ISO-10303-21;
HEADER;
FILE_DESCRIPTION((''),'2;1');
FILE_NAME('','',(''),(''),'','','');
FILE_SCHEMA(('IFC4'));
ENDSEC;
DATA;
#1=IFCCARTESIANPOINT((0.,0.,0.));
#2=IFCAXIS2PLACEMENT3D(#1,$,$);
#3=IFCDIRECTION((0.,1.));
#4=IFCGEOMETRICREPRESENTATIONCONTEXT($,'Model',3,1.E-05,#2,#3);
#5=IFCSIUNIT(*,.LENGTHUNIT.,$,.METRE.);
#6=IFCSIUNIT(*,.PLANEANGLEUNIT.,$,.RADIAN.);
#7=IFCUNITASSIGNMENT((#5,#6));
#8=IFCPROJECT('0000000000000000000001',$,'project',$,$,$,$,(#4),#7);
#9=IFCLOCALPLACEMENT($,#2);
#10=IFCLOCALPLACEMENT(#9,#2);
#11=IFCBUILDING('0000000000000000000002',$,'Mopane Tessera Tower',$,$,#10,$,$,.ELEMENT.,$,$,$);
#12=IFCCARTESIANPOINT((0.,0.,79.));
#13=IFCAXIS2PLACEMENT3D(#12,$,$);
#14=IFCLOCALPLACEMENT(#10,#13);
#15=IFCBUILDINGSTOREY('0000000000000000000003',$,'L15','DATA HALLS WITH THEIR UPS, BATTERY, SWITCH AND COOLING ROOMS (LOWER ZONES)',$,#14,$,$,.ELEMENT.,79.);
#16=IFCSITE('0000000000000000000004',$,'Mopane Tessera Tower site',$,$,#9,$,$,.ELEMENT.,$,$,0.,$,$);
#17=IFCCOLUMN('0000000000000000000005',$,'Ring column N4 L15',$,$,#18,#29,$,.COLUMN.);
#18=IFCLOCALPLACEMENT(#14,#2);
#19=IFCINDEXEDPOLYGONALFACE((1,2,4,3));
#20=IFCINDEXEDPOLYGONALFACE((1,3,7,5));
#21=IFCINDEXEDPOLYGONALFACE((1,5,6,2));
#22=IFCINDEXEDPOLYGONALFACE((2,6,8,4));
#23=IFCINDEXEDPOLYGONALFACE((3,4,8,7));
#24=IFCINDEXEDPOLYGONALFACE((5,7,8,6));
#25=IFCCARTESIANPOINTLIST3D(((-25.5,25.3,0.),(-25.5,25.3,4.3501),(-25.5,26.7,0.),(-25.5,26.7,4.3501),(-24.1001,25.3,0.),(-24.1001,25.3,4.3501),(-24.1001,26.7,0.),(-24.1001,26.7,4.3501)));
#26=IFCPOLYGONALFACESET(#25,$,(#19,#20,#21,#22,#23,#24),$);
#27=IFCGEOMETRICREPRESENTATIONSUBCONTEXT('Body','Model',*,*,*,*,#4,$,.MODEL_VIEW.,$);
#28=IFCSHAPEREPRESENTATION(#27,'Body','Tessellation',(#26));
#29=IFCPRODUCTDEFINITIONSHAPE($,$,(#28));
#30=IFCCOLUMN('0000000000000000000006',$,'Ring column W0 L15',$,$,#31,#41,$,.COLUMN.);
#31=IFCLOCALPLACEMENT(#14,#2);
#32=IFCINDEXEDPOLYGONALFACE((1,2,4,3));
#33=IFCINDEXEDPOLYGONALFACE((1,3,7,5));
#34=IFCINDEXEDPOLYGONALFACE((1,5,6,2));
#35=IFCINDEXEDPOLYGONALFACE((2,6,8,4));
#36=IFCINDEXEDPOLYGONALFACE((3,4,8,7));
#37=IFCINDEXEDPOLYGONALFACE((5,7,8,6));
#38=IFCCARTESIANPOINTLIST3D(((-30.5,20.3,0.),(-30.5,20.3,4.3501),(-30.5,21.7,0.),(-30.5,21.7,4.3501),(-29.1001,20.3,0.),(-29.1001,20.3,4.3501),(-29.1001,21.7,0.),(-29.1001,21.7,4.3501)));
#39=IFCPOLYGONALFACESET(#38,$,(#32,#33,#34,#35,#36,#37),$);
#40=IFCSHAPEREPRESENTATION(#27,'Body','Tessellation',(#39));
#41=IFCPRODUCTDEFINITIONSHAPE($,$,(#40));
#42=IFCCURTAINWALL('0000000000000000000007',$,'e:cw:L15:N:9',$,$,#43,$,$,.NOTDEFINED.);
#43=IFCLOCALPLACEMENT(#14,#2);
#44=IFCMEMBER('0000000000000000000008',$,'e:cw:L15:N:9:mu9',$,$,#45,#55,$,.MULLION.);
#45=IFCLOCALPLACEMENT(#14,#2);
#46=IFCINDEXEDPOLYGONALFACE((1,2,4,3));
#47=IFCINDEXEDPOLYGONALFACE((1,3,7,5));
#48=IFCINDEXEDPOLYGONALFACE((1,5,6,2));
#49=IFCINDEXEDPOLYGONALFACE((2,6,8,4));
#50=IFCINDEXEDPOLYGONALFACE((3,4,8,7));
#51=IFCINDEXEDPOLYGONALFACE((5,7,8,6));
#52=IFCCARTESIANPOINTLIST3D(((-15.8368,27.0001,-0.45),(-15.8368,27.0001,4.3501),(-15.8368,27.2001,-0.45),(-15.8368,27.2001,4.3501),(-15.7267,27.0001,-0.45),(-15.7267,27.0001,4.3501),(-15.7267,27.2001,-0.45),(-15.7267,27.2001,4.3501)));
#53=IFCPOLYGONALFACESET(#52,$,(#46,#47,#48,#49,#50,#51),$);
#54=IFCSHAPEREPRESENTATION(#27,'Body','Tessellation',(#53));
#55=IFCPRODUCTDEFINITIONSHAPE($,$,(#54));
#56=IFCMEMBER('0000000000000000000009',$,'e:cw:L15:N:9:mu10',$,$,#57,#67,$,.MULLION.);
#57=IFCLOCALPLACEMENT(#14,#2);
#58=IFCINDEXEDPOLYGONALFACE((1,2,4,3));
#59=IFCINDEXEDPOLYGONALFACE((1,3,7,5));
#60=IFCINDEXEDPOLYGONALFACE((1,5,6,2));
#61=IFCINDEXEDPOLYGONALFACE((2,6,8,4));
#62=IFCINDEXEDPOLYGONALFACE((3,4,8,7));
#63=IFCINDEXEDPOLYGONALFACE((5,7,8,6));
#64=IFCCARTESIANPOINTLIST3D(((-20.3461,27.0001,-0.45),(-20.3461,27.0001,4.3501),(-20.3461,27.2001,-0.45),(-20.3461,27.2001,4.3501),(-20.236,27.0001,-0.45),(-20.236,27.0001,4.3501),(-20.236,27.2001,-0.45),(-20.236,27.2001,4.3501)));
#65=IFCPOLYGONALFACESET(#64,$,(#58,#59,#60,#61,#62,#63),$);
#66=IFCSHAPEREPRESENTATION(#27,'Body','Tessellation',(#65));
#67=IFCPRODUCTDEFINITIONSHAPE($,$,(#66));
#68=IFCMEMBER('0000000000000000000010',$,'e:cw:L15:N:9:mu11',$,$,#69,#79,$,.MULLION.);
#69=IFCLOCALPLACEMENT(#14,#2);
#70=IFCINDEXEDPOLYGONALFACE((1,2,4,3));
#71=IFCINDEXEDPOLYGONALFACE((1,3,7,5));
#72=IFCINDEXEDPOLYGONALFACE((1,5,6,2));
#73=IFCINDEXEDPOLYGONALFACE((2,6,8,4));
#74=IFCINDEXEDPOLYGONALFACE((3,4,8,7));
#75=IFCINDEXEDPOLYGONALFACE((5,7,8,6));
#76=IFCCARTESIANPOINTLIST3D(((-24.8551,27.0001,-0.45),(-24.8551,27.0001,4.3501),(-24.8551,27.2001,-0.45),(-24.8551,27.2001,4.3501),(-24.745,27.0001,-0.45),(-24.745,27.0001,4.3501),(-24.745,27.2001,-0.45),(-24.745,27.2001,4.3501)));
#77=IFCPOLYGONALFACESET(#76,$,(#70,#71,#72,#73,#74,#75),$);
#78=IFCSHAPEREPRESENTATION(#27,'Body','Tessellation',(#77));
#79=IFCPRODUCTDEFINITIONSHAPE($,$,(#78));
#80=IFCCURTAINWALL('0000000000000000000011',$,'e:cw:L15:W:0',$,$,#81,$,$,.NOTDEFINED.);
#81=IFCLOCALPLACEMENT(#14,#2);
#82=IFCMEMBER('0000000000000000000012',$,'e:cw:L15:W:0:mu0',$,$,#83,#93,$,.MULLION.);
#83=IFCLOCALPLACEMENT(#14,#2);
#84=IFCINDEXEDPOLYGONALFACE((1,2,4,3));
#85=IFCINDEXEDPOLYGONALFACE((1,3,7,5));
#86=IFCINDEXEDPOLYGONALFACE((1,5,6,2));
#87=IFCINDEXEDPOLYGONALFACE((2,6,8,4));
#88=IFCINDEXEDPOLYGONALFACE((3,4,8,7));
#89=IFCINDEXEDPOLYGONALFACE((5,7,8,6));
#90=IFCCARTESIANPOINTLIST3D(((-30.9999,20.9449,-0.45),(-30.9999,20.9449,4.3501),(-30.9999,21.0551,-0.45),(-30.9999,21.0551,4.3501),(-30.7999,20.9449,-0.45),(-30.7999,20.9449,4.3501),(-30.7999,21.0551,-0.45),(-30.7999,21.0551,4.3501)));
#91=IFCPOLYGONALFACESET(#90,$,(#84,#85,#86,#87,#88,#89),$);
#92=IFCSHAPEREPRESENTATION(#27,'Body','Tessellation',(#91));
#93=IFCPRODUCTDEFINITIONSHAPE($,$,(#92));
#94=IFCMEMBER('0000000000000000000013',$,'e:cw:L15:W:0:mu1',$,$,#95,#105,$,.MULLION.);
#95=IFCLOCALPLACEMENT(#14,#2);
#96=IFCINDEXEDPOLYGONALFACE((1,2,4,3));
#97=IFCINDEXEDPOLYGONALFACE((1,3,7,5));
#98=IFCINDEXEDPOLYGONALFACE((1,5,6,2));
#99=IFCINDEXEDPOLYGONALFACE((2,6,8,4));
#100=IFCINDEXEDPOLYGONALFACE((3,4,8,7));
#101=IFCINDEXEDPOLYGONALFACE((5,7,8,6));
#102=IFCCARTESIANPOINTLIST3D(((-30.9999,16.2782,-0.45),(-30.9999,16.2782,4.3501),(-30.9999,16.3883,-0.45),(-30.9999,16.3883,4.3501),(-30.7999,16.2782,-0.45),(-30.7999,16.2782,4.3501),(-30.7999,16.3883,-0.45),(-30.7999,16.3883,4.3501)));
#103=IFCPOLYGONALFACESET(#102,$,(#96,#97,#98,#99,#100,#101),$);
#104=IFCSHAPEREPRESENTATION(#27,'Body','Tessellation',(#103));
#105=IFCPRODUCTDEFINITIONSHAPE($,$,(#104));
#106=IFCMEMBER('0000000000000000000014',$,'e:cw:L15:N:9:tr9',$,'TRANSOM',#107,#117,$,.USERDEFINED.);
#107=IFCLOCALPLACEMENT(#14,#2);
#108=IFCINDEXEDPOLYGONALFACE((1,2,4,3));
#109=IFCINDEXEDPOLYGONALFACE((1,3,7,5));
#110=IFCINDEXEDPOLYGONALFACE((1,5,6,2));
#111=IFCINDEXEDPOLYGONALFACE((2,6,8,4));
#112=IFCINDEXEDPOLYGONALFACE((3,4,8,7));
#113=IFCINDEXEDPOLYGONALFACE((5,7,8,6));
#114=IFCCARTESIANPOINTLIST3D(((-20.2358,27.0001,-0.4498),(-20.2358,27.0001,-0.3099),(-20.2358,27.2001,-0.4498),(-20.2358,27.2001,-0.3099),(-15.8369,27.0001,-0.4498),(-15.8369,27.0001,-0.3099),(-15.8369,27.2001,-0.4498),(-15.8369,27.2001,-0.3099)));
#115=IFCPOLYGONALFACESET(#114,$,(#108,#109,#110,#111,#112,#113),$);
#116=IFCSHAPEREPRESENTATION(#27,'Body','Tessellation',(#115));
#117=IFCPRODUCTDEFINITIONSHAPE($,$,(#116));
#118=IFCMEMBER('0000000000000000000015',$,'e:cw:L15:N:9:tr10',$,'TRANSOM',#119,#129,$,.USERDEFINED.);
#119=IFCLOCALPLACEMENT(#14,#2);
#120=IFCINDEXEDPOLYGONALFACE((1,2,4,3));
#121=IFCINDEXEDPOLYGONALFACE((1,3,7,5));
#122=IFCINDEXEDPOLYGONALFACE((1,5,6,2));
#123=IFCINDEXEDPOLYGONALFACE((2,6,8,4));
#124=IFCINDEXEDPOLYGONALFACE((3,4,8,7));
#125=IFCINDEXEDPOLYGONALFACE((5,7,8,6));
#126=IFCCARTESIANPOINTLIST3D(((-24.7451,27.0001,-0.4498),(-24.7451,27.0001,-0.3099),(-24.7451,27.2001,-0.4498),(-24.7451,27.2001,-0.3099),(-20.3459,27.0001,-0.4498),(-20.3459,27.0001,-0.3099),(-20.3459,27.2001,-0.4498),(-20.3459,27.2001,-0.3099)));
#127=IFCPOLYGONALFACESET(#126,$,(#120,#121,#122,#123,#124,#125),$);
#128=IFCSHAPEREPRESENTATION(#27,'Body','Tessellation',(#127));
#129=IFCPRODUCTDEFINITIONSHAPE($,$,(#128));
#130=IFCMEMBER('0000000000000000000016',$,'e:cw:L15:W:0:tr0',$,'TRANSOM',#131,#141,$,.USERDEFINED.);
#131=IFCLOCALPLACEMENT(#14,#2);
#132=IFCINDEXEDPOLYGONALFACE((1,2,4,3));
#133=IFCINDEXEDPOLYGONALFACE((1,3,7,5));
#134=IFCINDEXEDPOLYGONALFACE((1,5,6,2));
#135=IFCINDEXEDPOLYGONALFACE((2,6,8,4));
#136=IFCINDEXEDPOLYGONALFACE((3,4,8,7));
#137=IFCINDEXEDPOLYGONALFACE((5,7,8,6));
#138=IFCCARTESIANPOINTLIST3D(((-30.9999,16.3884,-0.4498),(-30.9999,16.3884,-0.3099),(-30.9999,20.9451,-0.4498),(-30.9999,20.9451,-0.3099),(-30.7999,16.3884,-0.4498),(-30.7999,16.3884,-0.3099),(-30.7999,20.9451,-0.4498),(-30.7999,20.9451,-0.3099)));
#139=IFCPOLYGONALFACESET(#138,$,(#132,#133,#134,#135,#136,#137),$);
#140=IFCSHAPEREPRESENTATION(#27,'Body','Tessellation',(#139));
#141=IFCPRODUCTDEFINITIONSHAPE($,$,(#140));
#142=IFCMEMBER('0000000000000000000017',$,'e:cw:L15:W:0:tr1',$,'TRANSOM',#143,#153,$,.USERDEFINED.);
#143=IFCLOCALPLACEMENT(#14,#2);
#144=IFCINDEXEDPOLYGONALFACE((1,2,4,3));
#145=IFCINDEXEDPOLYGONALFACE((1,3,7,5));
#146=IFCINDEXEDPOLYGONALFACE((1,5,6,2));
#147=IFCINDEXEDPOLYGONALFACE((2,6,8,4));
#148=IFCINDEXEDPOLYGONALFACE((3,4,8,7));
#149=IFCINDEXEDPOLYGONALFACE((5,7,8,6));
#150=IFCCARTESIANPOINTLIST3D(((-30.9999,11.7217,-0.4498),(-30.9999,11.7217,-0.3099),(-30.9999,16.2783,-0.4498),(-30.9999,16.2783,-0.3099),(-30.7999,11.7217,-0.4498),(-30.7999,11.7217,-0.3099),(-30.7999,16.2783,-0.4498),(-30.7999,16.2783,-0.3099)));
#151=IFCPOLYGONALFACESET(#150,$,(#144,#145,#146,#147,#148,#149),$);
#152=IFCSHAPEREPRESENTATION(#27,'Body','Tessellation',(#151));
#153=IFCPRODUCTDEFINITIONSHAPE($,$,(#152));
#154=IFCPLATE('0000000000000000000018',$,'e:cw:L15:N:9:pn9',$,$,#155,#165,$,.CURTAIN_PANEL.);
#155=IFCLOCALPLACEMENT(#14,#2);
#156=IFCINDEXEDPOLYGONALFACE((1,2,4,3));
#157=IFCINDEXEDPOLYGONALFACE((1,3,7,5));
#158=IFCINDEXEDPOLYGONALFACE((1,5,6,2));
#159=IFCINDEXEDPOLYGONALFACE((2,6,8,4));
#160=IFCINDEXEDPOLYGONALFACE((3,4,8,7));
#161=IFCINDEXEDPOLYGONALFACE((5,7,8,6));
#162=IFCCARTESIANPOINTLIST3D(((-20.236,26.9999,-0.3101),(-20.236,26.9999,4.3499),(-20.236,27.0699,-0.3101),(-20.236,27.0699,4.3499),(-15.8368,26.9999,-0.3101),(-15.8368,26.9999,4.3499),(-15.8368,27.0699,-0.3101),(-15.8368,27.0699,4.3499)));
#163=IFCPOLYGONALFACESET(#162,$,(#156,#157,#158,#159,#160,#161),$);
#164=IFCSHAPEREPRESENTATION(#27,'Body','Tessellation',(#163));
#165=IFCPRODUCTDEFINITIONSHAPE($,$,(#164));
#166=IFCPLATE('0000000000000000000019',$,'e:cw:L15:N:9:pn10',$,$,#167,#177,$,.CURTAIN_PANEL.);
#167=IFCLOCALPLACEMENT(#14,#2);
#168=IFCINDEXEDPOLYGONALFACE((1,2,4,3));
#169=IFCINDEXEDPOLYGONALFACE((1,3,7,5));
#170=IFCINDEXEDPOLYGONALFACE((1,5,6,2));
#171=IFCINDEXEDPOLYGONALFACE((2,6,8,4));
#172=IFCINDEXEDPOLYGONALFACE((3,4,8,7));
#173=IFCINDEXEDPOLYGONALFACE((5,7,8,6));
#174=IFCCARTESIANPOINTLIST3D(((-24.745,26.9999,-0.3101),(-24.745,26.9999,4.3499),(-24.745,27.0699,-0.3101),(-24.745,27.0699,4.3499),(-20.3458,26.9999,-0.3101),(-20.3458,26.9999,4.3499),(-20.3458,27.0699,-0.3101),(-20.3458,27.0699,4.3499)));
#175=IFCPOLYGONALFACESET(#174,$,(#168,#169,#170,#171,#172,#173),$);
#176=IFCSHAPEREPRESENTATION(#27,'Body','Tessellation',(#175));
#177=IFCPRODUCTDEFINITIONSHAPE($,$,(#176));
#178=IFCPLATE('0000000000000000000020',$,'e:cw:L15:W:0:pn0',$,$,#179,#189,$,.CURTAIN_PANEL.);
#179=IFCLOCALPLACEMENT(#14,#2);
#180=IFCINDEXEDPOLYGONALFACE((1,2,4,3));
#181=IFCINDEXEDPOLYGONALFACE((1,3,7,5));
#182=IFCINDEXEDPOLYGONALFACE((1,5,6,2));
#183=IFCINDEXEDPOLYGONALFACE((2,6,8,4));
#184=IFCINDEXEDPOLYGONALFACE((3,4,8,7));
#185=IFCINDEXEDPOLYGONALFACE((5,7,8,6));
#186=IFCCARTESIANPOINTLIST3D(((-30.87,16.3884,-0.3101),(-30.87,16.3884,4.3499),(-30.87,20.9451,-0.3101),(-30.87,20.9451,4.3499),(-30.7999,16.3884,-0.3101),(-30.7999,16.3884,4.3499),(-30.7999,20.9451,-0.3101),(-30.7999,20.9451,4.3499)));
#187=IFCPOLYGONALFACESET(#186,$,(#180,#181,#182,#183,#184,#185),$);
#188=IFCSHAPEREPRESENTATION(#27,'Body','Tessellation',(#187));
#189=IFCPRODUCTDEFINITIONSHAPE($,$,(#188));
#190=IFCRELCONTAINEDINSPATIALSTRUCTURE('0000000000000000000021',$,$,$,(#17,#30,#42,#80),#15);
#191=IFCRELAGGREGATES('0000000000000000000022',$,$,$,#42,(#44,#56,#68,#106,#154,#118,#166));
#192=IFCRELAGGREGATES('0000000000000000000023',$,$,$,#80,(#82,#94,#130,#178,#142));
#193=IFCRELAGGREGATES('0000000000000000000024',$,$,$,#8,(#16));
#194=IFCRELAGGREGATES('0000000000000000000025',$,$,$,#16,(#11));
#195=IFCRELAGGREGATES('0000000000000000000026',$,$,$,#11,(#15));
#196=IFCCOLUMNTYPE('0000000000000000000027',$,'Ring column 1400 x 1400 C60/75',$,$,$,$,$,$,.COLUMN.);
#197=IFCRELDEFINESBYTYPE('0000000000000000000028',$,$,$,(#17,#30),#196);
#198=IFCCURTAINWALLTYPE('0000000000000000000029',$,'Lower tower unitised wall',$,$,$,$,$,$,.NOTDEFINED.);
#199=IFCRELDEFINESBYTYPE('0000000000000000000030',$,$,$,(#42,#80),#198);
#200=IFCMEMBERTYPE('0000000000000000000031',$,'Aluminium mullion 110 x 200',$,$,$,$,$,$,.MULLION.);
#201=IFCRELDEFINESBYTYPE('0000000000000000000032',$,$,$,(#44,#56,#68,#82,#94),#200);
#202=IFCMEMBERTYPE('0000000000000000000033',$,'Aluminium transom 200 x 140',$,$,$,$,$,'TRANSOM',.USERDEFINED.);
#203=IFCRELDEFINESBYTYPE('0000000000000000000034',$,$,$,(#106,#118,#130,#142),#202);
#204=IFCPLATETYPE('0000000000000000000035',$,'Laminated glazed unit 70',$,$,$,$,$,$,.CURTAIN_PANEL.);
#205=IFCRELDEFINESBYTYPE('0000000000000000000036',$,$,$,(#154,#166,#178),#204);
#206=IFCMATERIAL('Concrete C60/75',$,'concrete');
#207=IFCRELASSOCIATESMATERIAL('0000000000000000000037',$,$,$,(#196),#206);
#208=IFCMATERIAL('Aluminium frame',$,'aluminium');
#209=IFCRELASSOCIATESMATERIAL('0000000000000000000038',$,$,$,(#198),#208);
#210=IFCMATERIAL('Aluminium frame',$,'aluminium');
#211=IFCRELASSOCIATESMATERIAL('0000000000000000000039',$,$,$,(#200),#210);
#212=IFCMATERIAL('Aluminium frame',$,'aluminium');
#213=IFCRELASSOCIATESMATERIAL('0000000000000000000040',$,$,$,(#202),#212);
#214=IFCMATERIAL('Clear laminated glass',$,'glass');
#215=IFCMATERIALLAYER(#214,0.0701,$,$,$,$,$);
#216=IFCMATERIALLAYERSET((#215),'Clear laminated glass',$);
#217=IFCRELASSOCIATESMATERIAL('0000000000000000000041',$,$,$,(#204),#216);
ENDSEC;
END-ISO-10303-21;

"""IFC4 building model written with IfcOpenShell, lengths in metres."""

from ifc_helpers import new_model, si_unit, direction, frame, origin, origin_2d, place, context, subcontext, project, spatial, rectangle, extrude, material, layer, layer_set, material_profile, profile_set, type_object, element, aggregate, save


model = new_model("IFC4")

# Units and contexts
model_context = context("Model", 3, precision=1e-05, world=origin(), true_north=direction((0.0, 1.0)))
body_context = subcontext(model_context, "Body", "Model", "MODEL_VIEW")
ifc_project = project(units=[si_unit("LENGTHUNIT", "METRE"), si_unit("PLANEANGLEUNIT", "RADIAN")], contexts=[model_context])

# Site, building, storey
site_placement = place(None, origin())
site = spatial("IfcSite", under=ifc_project, at=site_placement, Name="Mopane Tessera Tower site", CompositionType="ELEMENT", RefElevation=0.0)
building_placement = place(site_placement, origin())
building = spatial("IfcBuilding", under=site, at=building_placement, Name="Mopane Tessera Tower", CompositionType="ELEMENT")
storey_placement = place(building_placement, frame((0.0, 0.0, 79.0)))
storey = spatial("IfcBuildingStorey", under=building, at=storey_placement, Name="L15", Description="DATA HALLS WITH THEIR UPS, BATTERY, SWITCH AND COOLING ROOMS (LOWER ZONES)", CompositionType="ELEMENT", Elevation=79.0)

# Columns
ifc_material_1 = material(Name="Concrete C60/75", Category="concrete")
ifc_material_profile_1 = material_profile(ifc_material_1, rectangle(XDim=1.3999, YDim=1.3999, at=origin_2d()))
ifc_profile_set_1 = profile_set([ifc_material_profile_1], Name="Concrete C60/75")
column_type = type_object("IfcColumnType", Name="Ring column 1400 x 1400 C60/75", PredefinedType="COLUMN", material=ifc_profile_set_1)
for number, where, z_axis, x_axis, name in (
    (1, (-24.8, 26.0, 0.0), (0.0, 0.0, 1.0), (1.0, 0.0, 0.0), "Ring column N4 L15"),
    (2, (-29.8, 21.0, 0.0), (0.0, 0.0, 1.0), (1.0, 0.0, 0.0), "Ring column W0 L15"),
):
    element("IfcColumn", number, at=place(storey_placement, frame(where, z_axis=z_axis, x_axis=x_axis)), inside=storey, type_object=column_type, Name=name, PredefinedType="COLUMN", context=body_context, shape_type="SweptSolid", body=[
        extrude(rectangle(XDim=1.3999, YDim=1.3999, at=origin_2d()), origin(), (0.0, 0.0, 1.0), 4.3501),
    ])

# Curtain walls, members
ifc_material_2 = material(Name="Aluminium frame", Category="aluminium")
curtain_wall_type = type_object("IfcCurtainWallType", Name="Lower tower unitised wall", PredefinedType="NOTDEFINED", material=ifc_material_2)
curtain_wall_1_placement = place(storey_placement, origin())
curtain_wall_1 = element("IfcCurtainWall", 3, at=curtain_wall_1_placement, inside=storey, type_object=curtain_wall_type, Name="e:cw:L15:N:9", PredefinedType="NOTDEFINED")
ifc_material_3 = material(Name="Aluminium frame", Category="aluminium")
ifc_material_profile_2 = material_profile(ifc_material_3, rectangle(XDim=0.1101, YDim=0.2, at=origin_2d()))
ifc_profile_set_2 = profile_set([ifc_material_profile_2], Name="Aluminium frame")
member_type_1 = type_object("IfcMemberType", Name="Aluminium mullion 110 x 200", PredefinedType="MULLION", material=ifc_profile_set_2)
member_1_placement = place(storey_placement, frame((-15.7817, 27.1001, -0.45), z_axis=(0.0, 0.0, 1.0), x_axis=(-1.0, 0.0, 0.0)))
member_1 = element("IfcMember", 4, at=member_1_placement, type_object=member_type_1, Name="e:cw:L15:N:9:mu9", PredefinedType="MULLION", context=body_context, shape_type="SweptSolid", body=[
    extrude(rectangle(XDim=0.1101, YDim=0.2, at=origin_2d()), origin(), (0.0, 0.0, 1.0), 4.8),
])
member_2_placement = place(storey_placement, frame((-20.291, 27.1001, -0.45), z_axis=(0.0, 0.0, 1.0), x_axis=(-1.0, 0.0, 0.0)))
member_2 = element("IfcMember", 5, at=member_2_placement, type_object=member_type_1, Name="e:cw:L15:N:9:mu10", PredefinedType="MULLION", context=body_context, shape_type="SweptSolid", body=[
    extrude(rectangle(XDim=0.1101, YDim=0.2, at=origin_2d()), origin(), (0.0, 0.0, 1.0), 4.8),
])
member_3_placement = place(storey_placement, frame((-24.8, 27.1001, -0.45), z_axis=(0.0, 0.0, 1.0), x_axis=(-1.0, 0.0, 0.0)))
member_3 = element("IfcMember", 6, at=member_3_placement, type_object=member_type_1, Name="e:cw:L15:N:9:mu11", PredefinedType="MULLION", context=body_context, shape_type="SweptSolid", body=[
    extrude(rectangle(XDim=0.1101, YDim=0.2, at=origin_2d()), origin(), (0.0, 0.0, 1.0), 4.8),
])
curtain_wall_2_placement = place(storey_placement, origin())
curtain_wall_2 = element("IfcCurtainWall", 7, at=curtain_wall_2_placement, inside=storey, type_object=curtain_wall_type, Name="e:cw:L15:W:0", PredefinedType="NOTDEFINED")
member_4_placement = place(storey_placement, frame((-30.8999, 21.0, -0.45), z_axis=(0.0, 0.0, 1.0), x_axis=(0.0, -1.0, 0.0)))
member_4 = element("IfcMember", 8, at=member_4_placement, type_object=member_type_1, Name="e:cw:L15:W:0:mu0", PredefinedType="MULLION", context=body_context, shape_type="SweptSolid", body=[
    extrude(rectangle(XDim=0.1101, YDim=0.2, at=origin_2d()), origin(), (0.0, 0.0, 1.0), 4.8),
])
member_5_placement = place(storey_placement, frame((-30.8999, 16.3333, -0.45), z_axis=(0.0, 0.0, 1.0), x_axis=(0.0, -1.0, 0.0)))
member_5 = element("IfcMember", 9, at=member_5_placement, type_object=member_type_1, Name="e:cw:L15:W:0:mu1", PredefinedType="MULLION", context=body_context, shape_type="SweptSolid", body=[
    extrude(rectangle(XDim=0.1101, YDim=0.2, at=origin_2d()), origin(), (0.0, 0.0, 1.0), 4.8),
])

# Members
ifc_material_4 = material(Name="Aluminium frame", Category="aluminium")
ifc_material_profile_3 = material_profile(ifc_material_4, rectangle(XDim=0.2, YDim=0.1399, at=origin_2d()))
ifc_profile_set_3 = profile_set([ifc_material_profile_3], Name="Aluminium frame")
member_type_2 = type_object("IfcMemberType", Name="Aluminium transom 200 x 140", ElementType="TRANSOM", PredefinedType="USERDEFINED", material=ifc_profile_set_3)
member_6_placement = place(storey_placement, frame((-15.8369, 27.1001, -0.3799), z_axis=(-1.0, 0.0, 0.0), x_axis=(0.0, -1.0, 0.0)))
member_6 = element("IfcMember", 10, at=member_6_placement, type_object=member_type_2, Name="e:cw:L15:N:9:tr9", ObjectType="TRANSOM", PredefinedType="USERDEFINED", context=body_context, shape_type="SweptSolid", body=[
    extrude(rectangle(XDim=0.2, YDim=0.1399, at=origin_2d()), origin(), (0.0, 0.0, 1.0), 4.3989),
])
member_7_placement = place(storey_placement, frame((-20.3459, 27.1001, -0.3799), z_axis=(-1.0, 0.0, 0.0), x_axis=(0.0, -1.0, 0.0)))
member_7 = element("IfcMember", 11, at=member_7_placement, type_object=member_type_2, Name="e:cw:L15:N:9:tr10", ObjectType="TRANSOM", PredefinedType="USERDEFINED", context=body_context, shape_type="SweptSolid", body=[
    extrude(rectangle(XDim=0.2, YDim=0.1399, at=origin_2d()), origin(), (0.0, 0.0, 1.0), 4.3992),
])
member_8_placement = place(storey_placement, frame((-30.8999, 20.9451, -0.3799), z_axis=(0.0, -1.0, 0.0), x_axis=(1.0, 0.0, 0.0)))
member_8 = element("IfcMember", 12, at=member_8_placement, type_object=member_type_2, Name="e:cw:L15:W:0:tr0", ObjectType="TRANSOM", PredefinedType="USERDEFINED", context=body_context, shape_type="SweptSolid", body=[
    extrude(rectangle(XDim=0.2, YDim=0.1399, at=origin_2d()), origin(), (0.0, 0.0, 1.0), 4.5566),
])
member_9_placement = place(storey_placement, frame((-30.8999, 16.2783, -0.3799), z_axis=(0.0, -1.0, 0.0), x_axis=(1.0, 0.0, 0.0)))
member_9 = element("IfcMember", 13, at=member_9_placement, type_object=member_type_2, Name="e:cw:L15:W:0:tr1", ObjectType="TRANSOM", PredefinedType="USERDEFINED", context=body_context, shape_type="SweptSolid", body=[
    extrude(rectangle(XDim=0.2, YDim=0.1399, at=origin_2d()), origin(), (0.0, 0.0, 1.0), 4.5566),
])

# Plates
ifc_material_5 = material(Name="Clear laminated glass", Category="glass")
ifc_layer_1 = layer(ifc_material_5, 0.0701)
ifc_layer_set_1 = layer_set([ifc_layer_1], Name="Clear laminated glass")
plate_type = type_object("IfcPlateType", Name="Laminated glazed unit 70", PredefinedType="CURTAIN_PANEL", material=ifc_layer_set_1)
plate_1_placement = place(storey_placement, frame((-18.0364, 27.0349, -0.3101), z_axis=(0.0, 0.0, 1.0), x_axis=(-1.0, 0.0, 0.0)))
plate_1 = element("IfcPlate", 14, at=plate_1_placement, type_object=plate_type, Name="e:cw:L15:N:9:pn9", PredefinedType="CURTAIN_PANEL", context=body_context, shape_type="SweptSolid", body=[
    extrude(rectangle(XDim=4.3992, YDim=0.0701, at=origin_2d()), origin(), (0.0, 0.0, 1.0), 4.6599),
])
plate_2_placement = place(storey_placement, frame((-22.5454, 27.0349, -0.3101), z_axis=(0.0, 0.0, 1.0), x_axis=(-1.0, 0.0, 0.0)))
plate_2 = element("IfcPlate", 15, at=plate_2_placement, type_object=plate_type, Name="e:cw:L15:N:9:pn10", PredefinedType="CURTAIN_PANEL", context=body_context, shape_type="SweptSolid", body=[
    extrude(rectangle(XDim=4.3992, YDim=0.0701, at=origin_2d()), origin(), (0.0, 0.0, 1.0), 4.6599),
])
aggregate(curtain_wall_1, [member_1, member_2, member_3, member_6, plate_1, member_7, plate_2])
plate_3_placement = place(storey_placement, frame((-30.835, 18.6667, -0.3101), z_axis=(0.0, 0.0, 1.0), x_axis=(0.0, -1.0, 0.0)))
plate_3 = element("IfcPlate", 16, at=plate_3_placement, type_object=plate_type, Name="e:cw:L15:W:0:pn0", PredefinedType="CURTAIN_PANEL", context=body_context, shape_type="SweptSolid", body=[
    extrude(rectangle(XDim=4.5566, YDim=0.0701, at=origin_2d()), origin(), (0.0, 0.0, 1.0), 4.6599),
])
aggregate(curtain_wall_2, [member_4, member_5, member_8, plate_3, member_9])

save(model, "model.ifc")
